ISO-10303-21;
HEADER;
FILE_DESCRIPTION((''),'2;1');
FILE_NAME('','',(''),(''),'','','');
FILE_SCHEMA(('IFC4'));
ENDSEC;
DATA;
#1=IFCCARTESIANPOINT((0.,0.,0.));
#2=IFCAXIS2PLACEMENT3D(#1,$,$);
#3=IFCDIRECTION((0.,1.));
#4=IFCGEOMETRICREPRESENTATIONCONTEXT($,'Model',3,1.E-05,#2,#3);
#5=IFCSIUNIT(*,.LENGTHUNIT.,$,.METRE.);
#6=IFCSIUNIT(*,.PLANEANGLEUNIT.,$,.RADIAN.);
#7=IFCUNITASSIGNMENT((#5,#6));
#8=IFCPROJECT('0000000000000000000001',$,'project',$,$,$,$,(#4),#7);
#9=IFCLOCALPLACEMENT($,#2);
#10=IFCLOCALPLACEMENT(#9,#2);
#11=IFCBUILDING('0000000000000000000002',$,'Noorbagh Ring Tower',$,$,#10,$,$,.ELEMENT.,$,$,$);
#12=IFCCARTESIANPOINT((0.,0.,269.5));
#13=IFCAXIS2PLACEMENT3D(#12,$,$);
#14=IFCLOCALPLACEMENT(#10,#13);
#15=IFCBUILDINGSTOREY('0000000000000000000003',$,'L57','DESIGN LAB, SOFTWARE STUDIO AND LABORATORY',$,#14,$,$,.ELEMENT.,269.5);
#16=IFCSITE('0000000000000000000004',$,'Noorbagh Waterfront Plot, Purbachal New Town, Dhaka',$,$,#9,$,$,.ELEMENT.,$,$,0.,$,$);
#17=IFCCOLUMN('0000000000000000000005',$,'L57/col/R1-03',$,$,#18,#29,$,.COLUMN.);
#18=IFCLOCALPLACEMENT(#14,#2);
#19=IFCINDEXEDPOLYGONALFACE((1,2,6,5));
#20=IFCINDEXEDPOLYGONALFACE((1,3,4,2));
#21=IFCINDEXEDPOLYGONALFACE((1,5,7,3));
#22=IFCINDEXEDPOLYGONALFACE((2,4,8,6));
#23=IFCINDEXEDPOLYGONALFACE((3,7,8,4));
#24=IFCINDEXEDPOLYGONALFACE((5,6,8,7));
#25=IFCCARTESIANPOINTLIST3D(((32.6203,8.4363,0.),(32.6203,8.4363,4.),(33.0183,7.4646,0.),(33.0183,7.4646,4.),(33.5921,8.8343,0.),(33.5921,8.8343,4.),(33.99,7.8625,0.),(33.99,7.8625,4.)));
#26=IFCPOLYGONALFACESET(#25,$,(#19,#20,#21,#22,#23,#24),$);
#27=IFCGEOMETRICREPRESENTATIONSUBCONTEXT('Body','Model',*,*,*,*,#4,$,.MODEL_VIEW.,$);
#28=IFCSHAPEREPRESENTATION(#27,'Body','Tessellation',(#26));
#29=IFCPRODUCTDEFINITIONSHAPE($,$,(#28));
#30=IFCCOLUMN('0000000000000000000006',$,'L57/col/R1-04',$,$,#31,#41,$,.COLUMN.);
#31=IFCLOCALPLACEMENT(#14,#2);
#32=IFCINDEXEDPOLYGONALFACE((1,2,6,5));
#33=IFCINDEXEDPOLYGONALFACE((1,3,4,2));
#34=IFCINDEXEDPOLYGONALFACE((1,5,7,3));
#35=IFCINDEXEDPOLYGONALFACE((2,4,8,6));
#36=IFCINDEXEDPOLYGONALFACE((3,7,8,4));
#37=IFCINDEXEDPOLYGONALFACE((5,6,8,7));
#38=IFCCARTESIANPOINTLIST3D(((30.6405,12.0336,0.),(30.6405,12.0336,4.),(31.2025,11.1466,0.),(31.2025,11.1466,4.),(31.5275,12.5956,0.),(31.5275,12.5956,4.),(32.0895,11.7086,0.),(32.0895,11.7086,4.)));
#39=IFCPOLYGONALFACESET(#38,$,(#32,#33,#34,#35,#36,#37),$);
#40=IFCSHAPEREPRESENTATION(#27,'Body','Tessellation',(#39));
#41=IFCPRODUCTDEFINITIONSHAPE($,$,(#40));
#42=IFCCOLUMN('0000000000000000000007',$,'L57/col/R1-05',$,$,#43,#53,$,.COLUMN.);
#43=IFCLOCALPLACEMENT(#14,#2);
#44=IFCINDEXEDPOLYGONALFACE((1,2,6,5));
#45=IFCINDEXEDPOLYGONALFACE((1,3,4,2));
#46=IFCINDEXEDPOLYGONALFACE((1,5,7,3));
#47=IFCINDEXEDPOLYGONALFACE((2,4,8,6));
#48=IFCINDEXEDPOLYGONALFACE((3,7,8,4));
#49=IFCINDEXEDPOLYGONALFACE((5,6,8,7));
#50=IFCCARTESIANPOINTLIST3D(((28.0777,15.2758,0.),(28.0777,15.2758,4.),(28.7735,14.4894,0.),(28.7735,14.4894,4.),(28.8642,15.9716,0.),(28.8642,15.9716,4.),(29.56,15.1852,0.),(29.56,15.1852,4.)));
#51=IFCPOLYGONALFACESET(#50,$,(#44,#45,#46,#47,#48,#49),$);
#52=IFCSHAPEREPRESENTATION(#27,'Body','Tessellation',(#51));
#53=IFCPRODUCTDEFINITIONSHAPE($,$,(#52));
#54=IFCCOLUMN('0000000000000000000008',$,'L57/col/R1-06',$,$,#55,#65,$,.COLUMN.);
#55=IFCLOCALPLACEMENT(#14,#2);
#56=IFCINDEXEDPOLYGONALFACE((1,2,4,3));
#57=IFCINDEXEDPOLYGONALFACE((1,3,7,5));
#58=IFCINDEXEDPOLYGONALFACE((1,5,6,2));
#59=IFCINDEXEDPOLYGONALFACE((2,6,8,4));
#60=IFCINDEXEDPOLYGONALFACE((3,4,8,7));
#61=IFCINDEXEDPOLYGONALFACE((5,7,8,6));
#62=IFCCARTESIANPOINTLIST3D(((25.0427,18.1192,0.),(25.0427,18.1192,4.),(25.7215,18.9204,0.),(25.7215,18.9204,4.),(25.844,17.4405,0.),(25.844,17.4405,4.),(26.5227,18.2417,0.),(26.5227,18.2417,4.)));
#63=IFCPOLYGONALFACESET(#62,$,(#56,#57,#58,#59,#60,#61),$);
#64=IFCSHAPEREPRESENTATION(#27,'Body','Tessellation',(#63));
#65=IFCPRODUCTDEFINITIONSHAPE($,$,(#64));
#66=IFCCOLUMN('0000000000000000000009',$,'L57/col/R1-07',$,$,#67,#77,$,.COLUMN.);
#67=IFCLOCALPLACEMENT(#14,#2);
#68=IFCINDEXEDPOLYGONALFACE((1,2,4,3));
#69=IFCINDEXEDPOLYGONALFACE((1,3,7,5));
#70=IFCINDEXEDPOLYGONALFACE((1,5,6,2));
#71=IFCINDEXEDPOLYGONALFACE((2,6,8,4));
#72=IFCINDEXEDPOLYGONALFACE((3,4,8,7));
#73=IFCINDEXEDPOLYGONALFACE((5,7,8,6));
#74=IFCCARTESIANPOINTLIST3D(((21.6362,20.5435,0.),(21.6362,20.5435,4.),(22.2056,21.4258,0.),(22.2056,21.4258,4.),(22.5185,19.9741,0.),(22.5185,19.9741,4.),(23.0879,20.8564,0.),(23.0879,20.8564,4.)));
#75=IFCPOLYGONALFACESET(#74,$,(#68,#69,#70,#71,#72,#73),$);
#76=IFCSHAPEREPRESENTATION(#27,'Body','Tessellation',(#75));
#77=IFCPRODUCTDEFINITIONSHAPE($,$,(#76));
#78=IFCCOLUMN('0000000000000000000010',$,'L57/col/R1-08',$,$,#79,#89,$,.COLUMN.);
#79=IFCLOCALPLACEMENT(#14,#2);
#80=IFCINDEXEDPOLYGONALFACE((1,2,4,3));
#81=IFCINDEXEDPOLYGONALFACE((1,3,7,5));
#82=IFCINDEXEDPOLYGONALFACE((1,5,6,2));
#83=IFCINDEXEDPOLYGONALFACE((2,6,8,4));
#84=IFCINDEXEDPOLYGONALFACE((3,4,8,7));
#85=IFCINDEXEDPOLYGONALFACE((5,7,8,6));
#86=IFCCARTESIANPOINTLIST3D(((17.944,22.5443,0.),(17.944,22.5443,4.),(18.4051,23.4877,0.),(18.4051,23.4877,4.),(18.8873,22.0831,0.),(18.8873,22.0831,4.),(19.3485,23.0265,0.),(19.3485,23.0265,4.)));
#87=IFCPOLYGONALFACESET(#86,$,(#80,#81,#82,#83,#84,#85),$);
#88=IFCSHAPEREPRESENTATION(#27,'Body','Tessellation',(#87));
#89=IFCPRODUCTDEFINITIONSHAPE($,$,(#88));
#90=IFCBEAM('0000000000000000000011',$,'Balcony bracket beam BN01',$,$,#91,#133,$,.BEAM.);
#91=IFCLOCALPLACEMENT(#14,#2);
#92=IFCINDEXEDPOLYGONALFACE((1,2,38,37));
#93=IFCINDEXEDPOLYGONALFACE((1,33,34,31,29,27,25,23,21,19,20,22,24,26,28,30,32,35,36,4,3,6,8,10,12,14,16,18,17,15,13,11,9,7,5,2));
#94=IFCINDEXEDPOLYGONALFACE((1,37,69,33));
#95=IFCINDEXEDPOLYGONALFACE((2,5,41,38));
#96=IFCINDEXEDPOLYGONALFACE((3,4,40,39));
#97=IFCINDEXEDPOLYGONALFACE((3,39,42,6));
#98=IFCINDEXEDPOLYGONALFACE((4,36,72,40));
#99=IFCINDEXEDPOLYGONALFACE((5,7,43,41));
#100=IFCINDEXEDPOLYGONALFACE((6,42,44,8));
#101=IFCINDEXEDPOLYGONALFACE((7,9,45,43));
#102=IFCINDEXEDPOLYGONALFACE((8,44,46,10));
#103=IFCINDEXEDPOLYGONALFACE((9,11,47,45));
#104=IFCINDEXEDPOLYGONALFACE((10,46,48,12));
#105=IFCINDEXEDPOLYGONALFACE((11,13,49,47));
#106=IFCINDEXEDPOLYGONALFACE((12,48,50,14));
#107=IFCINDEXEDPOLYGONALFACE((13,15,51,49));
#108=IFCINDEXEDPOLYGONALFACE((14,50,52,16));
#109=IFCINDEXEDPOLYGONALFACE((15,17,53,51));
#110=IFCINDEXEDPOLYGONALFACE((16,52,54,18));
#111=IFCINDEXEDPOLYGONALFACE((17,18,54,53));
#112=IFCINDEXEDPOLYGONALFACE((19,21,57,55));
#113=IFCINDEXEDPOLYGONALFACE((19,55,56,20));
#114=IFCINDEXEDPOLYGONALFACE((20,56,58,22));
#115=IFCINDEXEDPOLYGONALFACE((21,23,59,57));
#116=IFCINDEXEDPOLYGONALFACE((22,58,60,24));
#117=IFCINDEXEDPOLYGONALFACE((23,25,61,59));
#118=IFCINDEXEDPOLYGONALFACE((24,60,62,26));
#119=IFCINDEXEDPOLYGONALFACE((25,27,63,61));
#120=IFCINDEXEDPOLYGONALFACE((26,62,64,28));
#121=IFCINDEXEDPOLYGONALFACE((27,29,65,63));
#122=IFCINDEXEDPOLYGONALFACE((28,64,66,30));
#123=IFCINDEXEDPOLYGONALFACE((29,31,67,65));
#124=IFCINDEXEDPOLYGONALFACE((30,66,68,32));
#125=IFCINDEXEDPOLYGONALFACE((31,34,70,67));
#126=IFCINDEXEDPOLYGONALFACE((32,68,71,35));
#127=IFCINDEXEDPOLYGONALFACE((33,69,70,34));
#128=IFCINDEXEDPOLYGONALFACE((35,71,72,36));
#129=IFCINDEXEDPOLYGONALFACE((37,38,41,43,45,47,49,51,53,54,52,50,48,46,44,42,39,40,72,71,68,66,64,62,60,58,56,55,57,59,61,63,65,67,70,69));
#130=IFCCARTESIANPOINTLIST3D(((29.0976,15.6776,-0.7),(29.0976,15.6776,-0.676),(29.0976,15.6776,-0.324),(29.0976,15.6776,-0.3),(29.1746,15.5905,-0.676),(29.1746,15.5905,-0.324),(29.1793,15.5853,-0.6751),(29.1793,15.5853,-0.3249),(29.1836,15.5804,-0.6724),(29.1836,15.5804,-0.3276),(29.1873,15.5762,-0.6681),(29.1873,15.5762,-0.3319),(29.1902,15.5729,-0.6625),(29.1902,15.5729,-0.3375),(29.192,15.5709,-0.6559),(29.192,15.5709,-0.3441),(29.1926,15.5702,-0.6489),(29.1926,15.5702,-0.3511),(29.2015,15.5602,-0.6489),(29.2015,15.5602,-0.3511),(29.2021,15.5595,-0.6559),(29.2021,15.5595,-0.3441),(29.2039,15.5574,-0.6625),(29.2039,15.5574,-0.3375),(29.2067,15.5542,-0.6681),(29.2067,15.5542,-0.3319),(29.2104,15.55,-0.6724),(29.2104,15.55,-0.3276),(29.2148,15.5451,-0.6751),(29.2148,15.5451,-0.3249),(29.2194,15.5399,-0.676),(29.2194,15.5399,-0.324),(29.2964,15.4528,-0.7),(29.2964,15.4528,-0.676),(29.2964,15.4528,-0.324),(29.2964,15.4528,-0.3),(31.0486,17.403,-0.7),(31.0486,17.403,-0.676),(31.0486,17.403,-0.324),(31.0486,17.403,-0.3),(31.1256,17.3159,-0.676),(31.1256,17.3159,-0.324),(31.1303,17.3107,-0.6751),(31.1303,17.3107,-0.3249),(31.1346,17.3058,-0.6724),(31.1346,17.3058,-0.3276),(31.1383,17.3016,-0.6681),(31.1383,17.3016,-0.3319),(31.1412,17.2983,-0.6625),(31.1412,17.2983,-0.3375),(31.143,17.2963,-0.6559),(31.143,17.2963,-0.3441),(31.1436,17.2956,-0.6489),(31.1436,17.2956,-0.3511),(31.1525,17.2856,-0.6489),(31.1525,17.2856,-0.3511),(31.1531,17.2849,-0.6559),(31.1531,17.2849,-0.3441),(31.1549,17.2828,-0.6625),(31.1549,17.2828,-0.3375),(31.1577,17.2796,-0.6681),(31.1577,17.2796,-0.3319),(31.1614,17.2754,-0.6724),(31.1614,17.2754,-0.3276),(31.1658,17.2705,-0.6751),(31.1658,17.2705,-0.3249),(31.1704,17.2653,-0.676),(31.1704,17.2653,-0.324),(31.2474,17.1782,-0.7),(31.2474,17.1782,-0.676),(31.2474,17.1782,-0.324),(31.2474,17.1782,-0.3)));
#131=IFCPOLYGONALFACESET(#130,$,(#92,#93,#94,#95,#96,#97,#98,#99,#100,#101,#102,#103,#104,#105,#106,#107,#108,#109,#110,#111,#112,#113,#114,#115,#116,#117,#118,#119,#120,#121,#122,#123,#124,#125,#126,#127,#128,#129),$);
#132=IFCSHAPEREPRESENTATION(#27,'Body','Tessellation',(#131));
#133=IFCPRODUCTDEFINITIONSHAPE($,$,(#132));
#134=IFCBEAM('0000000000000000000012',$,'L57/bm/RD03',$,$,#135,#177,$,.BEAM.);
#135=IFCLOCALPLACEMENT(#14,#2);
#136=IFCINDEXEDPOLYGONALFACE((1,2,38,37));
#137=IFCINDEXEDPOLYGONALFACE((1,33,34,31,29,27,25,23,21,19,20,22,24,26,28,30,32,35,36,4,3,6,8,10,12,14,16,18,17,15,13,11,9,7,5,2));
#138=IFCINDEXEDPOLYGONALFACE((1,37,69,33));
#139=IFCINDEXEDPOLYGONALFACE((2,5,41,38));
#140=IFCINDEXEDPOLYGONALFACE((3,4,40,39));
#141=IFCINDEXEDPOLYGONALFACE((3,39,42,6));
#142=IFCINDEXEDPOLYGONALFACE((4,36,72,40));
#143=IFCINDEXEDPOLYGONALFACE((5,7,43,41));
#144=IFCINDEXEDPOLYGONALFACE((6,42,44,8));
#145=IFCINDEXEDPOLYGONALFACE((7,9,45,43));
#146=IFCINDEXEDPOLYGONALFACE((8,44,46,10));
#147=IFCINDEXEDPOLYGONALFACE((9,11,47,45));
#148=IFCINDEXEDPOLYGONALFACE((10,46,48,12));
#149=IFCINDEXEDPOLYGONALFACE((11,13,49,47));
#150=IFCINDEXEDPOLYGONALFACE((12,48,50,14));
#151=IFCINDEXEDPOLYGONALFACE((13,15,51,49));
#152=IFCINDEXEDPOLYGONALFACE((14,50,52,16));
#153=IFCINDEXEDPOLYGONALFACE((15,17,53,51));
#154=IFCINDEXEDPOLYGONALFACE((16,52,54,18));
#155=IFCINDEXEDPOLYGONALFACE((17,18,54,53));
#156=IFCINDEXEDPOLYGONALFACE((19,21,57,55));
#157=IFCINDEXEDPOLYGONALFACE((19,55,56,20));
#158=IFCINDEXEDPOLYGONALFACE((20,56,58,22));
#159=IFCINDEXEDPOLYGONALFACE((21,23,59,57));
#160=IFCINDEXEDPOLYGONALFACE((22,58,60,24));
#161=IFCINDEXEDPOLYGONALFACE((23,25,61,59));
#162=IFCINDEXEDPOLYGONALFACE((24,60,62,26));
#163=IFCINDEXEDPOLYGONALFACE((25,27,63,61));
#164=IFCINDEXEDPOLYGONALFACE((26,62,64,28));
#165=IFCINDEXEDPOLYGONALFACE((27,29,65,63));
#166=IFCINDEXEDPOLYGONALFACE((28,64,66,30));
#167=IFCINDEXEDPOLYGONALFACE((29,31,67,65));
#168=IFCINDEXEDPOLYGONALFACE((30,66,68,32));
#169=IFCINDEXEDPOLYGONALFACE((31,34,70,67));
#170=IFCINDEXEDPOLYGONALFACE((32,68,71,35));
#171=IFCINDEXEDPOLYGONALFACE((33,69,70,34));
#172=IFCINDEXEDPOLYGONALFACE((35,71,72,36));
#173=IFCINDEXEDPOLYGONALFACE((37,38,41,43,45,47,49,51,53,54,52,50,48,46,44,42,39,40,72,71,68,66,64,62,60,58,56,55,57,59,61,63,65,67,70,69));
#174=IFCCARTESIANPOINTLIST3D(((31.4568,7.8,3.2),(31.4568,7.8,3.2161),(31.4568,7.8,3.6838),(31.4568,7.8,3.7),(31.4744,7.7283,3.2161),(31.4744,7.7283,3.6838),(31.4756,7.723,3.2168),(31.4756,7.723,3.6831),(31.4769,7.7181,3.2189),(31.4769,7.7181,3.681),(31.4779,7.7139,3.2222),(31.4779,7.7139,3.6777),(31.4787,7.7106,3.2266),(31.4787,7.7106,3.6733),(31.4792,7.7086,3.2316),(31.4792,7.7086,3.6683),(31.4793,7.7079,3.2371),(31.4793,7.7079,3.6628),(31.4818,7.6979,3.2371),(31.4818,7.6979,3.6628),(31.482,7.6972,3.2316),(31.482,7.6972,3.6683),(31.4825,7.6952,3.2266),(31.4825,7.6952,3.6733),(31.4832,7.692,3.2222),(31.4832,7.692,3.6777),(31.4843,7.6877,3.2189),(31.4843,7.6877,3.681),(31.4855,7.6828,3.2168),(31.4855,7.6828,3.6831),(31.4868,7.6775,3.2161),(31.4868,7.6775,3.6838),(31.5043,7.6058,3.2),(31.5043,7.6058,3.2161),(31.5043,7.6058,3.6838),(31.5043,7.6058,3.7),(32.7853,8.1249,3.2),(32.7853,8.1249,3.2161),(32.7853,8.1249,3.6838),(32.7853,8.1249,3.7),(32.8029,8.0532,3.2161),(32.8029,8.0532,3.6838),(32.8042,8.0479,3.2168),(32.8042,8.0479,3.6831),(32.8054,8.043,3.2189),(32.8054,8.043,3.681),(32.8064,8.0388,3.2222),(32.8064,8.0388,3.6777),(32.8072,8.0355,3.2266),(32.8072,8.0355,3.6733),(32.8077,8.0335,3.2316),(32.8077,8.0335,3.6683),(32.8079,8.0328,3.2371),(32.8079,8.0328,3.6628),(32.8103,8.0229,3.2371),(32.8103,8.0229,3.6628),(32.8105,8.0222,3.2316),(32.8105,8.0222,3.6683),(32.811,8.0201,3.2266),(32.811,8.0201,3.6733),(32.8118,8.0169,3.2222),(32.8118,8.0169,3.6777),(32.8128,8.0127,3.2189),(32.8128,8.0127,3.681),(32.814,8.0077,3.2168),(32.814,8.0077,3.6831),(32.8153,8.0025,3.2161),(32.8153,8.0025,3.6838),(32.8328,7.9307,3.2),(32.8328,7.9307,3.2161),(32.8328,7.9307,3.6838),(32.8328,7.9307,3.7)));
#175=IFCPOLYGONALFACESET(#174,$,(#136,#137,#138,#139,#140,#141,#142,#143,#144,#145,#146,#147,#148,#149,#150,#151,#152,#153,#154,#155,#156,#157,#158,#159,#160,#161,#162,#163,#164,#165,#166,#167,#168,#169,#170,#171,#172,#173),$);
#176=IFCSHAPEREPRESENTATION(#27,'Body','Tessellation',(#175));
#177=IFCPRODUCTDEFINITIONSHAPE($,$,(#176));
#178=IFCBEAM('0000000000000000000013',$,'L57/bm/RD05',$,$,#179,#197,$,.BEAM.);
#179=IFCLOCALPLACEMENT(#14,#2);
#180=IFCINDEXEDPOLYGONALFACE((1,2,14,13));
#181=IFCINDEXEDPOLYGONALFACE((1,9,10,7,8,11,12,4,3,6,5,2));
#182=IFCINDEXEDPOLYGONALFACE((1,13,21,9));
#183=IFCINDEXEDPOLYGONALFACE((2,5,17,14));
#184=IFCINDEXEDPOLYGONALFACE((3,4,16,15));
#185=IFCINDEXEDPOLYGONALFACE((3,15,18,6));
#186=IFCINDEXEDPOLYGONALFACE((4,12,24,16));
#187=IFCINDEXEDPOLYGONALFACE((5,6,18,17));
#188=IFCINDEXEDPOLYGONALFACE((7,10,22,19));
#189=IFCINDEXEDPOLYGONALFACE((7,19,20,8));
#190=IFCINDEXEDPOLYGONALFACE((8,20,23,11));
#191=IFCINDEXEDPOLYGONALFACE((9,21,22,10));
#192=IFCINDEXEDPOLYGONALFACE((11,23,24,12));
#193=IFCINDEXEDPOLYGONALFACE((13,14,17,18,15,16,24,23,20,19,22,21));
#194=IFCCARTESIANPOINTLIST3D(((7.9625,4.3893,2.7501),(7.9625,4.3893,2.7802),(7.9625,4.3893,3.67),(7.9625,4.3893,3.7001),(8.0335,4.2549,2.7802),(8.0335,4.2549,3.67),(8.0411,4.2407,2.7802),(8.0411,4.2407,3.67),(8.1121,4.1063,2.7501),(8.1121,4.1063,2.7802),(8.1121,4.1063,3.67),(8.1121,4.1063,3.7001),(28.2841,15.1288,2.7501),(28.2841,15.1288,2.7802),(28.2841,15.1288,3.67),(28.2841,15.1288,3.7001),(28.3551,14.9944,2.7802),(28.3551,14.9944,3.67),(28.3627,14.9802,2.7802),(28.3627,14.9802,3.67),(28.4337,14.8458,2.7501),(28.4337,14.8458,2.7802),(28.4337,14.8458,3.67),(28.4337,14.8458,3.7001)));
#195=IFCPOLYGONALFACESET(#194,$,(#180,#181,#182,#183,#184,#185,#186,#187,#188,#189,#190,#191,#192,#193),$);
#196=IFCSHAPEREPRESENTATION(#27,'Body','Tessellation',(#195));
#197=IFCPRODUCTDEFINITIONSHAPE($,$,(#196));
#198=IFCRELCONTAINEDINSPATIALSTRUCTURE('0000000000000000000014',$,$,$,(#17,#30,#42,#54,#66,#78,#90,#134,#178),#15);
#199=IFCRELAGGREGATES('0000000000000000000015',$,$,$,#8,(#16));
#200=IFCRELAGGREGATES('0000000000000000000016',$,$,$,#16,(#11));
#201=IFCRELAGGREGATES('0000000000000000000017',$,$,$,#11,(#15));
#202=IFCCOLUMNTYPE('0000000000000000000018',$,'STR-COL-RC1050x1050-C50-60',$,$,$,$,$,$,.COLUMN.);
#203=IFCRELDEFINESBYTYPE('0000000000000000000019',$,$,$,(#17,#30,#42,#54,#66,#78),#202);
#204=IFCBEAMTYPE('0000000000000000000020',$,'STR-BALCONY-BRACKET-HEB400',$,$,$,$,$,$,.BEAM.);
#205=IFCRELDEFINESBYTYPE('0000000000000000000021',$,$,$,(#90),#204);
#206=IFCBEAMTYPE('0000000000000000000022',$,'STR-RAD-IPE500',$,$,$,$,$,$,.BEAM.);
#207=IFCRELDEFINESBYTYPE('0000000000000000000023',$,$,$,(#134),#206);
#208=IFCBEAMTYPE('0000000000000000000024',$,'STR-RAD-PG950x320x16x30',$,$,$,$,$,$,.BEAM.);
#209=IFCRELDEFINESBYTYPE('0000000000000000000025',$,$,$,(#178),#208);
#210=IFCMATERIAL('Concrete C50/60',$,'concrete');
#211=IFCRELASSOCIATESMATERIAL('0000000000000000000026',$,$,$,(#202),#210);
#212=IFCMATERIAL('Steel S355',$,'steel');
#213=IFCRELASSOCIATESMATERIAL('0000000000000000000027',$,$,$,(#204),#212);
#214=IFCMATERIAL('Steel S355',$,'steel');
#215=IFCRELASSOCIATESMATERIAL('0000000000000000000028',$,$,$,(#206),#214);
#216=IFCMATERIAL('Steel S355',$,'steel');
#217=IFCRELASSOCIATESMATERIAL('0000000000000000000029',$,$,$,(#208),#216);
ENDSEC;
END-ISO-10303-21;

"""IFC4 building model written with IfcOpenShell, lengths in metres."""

from ifc_helpers import new_model, si_unit, direction, frame, origin, origin_2d, place, context, subcontext, project, spatial, rectangle, i_section, extrude, material, material_profile, profile_set, type_object, element, save


model = new_model("IFC4")

# Units and contexts
model_context = context("Model", 3, precision=1e-05, world=origin(), true_north=direction((0.0, 1.0)))
body_context = subcontext(model_context, "Body", "Model", "MODEL_VIEW")
ifc_project = project(units=[si_unit("LENGTHUNIT", "METRE"), si_unit("PLANEANGLEUNIT", "RADIAN")], contexts=[model_context])

# Site, building, storey
site_placement = place(None, origin())
site = spatial("IfcSite", under=ifc_project, at=site_placement, Name="Noorbagh Waterfront Plot, Purbachal New Town, Dhaka", CompositionType="ELEMENT", RefElevation=0.0)
building_placement = place(site_placement, origin())
building = spatial("IfcBuilding", under=site, at=building_placement, Name="Noorbagh Ring Tower", CompositionType="ELEMENT")
storey_placement = place(building_placement, frame((0.0, 0.0, 269.5)))
storey = spatial("IfcBuildingStorey", under=building, at=storey_placement, Name="L57", Description="DESIGN LAB, SOFTWARE STUDIO AND LABORATORY", CompositionType="ELEMENT", Elevation=269.5)

# Columns
ifc_material_1 = material(Name="Concrete C50/60", Category="concrete")
ifc_material_profile_1 = material_profile(ifc_material_1, rectangle(XDim=1.05, YDim=1.05, at=origin_2d()), Name="RC1050x1050")
ifc_profile_set_1 = profile_set([ifc_material_profile_1], Name="Concrete C50/60")
column_type = type_object("IfcColumnType", Name="STR-COL-RC1050x1050-C50-60", PredefinedType="COLUMN", material=ifc_profile_set_1)
for number, where, z_axis, x_axis, name in (
    (1, (33.3052, 8.1494, 0.0), (0.0, 0.0, 1.0), (-0.378989, 0.925401, 0.0), "L57/col/R1-03"),
    (2, (31.365, 11.8711, 0.0), (0.0, 0.0, 1.0), (-0.53519, 0.844731, 0.0), "L57/col/R1-04"),
    (3, (28.8188, 15.2305, 0.0), (0.0, 0.0, 1.0), (-0.662636, 0.748942, 0.0), "L57/col/R1-05"),
    (4, (25.7827, 18.1804, 0.0), (0.0, 0.0, 1.0), (-0.763035, 0.646357, 0.0), "L57/col/R1-06"),
    (5, (22.3621, 20.7, 0.0), (0.0, 0.0, 1.0), (-0.840248, 0.542203, 0.0), "L57/col/R1-07"),
    (6, (18.6462, 22.7854, 0.0), (0.0, 0.0, 1.0), (-0.898399, 0.43918, 0.0), "L57/col/R1-08"),
):
    element("IfcColumn", number, at=place(storey_placement, frame(where, z_axis=z_axis, x_axis=x_axis)), inside=storey, type_object=column_type, Name=name, PredefinedType="COLUMN", context=body_context, shape_type="SweptSolid", body=[
        extrude(rectangle(XDim=1.05, YDim=1.05, at=origin_2d()), origin(), (0.0, 0.0, 1.0), 4.0),
    ])

# Beams
ifc_material_2 = material(Name="Steel S355", Category="steel")
ifc_material_profile_2 = material_profile(ifc_material_2, i_section(OverallWidth=0.3, OverallDepth=0.3999, WebThickness=0.0134, FlangeThickness=0.0239, FilletRadius=0.0271, at=origin_2d()), Name="HEB400")
ifc_profile_set_2 = profile_set([ifc_material_profile_2], Name="Steel S355")
beam_type_1 = type_object("IfcBeamType", Name="STR-BALCONY-BRACKET-HEB400", PredefinedType="BEAM", material=ifc_profile_set_2)
beam_1_placement = place(storey_placement, frame((29.197, 15.5652, -0.5), z_axis=(0.749088, 0.662471, 0.0), x_axis=(-0.662471, 0.749088, 0.0)))
element("IfcBeam", 7, at=beam_1_placement, inside=storey, type_object=beam_type_1, Name="Balcony bracket beam BN01", PredefinedType="BEAM", context=body_context, shape_type="SweptSolid", body=[
    extrude(i_section(OverallWidth=0.3, OverallDepth=0.3999, WebThickness=0.0134, FlangeThickness=0.0239, FilletRadius=0.0271, at=origin_2d()), origin(), (0.0, 0.0, 1.0), 2.6045),
])
ifc_material_3 = material(Name="Steel S355", Category="steel")
ifc_material_profile_3 = material_profile(ifc_material_3, i_section(OverallWidth=0.2, OverallDepth=0.5, WebThickness=0.0103, FlangeThickness=0.0161, FilletRadius=0.021, at=origin_2d()), Name="IPE500")
ifc_profile_set_3 = profile_set([ifc_material_profile_3], Name="Steel S355")
beam_type_2 = type_object("IfcBeamType", Name="STR-RAD-IPE500", PredefinedType="BEAM", material=ifc_profile_set_3)
beam_2_placement = place(storey_placement, frame((32.8091, 8.0278, 3.45), z_axis=(-0.971369, -0.237577, 0.0), x_axis=(0.237577, -0.971369, 0.0)))
element("IfcBeam", 8, at=beam_2_placement, inside=storey, type_object=beam_type_2, Name="L57/bm/RD03", PredefinedType="BEAM", context=body_context, shape_type="SweptSolid", body=[
    extrude(i_section(OverallWidth=0.2, OverallDepth=0.5, WebThickness=0.0103, FlangeThickness=0.0161, FilletRadius=0.021, at=origin_2d()), origin(), (0.0, 0.0, 1.0), 1.3677),
])
ifc_material_4 = material(Name="Steel S355", Category="steel")
ifc_material_profile_4 = material_profile(ifc_material_4, i_section(OverallWidth=0.3201, OverallDepth=0.95, WebThickness=0.0161, FlangeThickness=0.03, at=origin_2d()), Name="PG950x320x16x30")
ifc_profile_set_4 = profile_set([ifc_material_profile_4], Name="Steel S355")
beam_type_3 = type_object("IfcBeamType", Name="STR-RAD-PG950x320x16x30", PredefinedType="BEAM", material=ifc_profile_set_4)
beam_3_placement = place(storey_placement, frame((28.3589, 14.9873, 3.2251), z_axis=(-0.884129, -0.467243, 0.0), x_axis=(0.467243, -0.884129, 0.0)))
element("IfcBeam", 9, at=beam_3_placement, inside=storey, type_object=beam_type_3, Name="L57/bm/RD05", PredefinedType="BEAM", context=body_context, shape_type="SweptSolid", body=[
    extrude(i_section(OverallWidth=0.3201, OverallDepth=0.95, WebThickness=0.0161, FlangeThickness=0.03, at=origin_2d()), origin(), (0.0, 0.0, 1.0), 22.9849),
])

save(model, "model.ifc")
